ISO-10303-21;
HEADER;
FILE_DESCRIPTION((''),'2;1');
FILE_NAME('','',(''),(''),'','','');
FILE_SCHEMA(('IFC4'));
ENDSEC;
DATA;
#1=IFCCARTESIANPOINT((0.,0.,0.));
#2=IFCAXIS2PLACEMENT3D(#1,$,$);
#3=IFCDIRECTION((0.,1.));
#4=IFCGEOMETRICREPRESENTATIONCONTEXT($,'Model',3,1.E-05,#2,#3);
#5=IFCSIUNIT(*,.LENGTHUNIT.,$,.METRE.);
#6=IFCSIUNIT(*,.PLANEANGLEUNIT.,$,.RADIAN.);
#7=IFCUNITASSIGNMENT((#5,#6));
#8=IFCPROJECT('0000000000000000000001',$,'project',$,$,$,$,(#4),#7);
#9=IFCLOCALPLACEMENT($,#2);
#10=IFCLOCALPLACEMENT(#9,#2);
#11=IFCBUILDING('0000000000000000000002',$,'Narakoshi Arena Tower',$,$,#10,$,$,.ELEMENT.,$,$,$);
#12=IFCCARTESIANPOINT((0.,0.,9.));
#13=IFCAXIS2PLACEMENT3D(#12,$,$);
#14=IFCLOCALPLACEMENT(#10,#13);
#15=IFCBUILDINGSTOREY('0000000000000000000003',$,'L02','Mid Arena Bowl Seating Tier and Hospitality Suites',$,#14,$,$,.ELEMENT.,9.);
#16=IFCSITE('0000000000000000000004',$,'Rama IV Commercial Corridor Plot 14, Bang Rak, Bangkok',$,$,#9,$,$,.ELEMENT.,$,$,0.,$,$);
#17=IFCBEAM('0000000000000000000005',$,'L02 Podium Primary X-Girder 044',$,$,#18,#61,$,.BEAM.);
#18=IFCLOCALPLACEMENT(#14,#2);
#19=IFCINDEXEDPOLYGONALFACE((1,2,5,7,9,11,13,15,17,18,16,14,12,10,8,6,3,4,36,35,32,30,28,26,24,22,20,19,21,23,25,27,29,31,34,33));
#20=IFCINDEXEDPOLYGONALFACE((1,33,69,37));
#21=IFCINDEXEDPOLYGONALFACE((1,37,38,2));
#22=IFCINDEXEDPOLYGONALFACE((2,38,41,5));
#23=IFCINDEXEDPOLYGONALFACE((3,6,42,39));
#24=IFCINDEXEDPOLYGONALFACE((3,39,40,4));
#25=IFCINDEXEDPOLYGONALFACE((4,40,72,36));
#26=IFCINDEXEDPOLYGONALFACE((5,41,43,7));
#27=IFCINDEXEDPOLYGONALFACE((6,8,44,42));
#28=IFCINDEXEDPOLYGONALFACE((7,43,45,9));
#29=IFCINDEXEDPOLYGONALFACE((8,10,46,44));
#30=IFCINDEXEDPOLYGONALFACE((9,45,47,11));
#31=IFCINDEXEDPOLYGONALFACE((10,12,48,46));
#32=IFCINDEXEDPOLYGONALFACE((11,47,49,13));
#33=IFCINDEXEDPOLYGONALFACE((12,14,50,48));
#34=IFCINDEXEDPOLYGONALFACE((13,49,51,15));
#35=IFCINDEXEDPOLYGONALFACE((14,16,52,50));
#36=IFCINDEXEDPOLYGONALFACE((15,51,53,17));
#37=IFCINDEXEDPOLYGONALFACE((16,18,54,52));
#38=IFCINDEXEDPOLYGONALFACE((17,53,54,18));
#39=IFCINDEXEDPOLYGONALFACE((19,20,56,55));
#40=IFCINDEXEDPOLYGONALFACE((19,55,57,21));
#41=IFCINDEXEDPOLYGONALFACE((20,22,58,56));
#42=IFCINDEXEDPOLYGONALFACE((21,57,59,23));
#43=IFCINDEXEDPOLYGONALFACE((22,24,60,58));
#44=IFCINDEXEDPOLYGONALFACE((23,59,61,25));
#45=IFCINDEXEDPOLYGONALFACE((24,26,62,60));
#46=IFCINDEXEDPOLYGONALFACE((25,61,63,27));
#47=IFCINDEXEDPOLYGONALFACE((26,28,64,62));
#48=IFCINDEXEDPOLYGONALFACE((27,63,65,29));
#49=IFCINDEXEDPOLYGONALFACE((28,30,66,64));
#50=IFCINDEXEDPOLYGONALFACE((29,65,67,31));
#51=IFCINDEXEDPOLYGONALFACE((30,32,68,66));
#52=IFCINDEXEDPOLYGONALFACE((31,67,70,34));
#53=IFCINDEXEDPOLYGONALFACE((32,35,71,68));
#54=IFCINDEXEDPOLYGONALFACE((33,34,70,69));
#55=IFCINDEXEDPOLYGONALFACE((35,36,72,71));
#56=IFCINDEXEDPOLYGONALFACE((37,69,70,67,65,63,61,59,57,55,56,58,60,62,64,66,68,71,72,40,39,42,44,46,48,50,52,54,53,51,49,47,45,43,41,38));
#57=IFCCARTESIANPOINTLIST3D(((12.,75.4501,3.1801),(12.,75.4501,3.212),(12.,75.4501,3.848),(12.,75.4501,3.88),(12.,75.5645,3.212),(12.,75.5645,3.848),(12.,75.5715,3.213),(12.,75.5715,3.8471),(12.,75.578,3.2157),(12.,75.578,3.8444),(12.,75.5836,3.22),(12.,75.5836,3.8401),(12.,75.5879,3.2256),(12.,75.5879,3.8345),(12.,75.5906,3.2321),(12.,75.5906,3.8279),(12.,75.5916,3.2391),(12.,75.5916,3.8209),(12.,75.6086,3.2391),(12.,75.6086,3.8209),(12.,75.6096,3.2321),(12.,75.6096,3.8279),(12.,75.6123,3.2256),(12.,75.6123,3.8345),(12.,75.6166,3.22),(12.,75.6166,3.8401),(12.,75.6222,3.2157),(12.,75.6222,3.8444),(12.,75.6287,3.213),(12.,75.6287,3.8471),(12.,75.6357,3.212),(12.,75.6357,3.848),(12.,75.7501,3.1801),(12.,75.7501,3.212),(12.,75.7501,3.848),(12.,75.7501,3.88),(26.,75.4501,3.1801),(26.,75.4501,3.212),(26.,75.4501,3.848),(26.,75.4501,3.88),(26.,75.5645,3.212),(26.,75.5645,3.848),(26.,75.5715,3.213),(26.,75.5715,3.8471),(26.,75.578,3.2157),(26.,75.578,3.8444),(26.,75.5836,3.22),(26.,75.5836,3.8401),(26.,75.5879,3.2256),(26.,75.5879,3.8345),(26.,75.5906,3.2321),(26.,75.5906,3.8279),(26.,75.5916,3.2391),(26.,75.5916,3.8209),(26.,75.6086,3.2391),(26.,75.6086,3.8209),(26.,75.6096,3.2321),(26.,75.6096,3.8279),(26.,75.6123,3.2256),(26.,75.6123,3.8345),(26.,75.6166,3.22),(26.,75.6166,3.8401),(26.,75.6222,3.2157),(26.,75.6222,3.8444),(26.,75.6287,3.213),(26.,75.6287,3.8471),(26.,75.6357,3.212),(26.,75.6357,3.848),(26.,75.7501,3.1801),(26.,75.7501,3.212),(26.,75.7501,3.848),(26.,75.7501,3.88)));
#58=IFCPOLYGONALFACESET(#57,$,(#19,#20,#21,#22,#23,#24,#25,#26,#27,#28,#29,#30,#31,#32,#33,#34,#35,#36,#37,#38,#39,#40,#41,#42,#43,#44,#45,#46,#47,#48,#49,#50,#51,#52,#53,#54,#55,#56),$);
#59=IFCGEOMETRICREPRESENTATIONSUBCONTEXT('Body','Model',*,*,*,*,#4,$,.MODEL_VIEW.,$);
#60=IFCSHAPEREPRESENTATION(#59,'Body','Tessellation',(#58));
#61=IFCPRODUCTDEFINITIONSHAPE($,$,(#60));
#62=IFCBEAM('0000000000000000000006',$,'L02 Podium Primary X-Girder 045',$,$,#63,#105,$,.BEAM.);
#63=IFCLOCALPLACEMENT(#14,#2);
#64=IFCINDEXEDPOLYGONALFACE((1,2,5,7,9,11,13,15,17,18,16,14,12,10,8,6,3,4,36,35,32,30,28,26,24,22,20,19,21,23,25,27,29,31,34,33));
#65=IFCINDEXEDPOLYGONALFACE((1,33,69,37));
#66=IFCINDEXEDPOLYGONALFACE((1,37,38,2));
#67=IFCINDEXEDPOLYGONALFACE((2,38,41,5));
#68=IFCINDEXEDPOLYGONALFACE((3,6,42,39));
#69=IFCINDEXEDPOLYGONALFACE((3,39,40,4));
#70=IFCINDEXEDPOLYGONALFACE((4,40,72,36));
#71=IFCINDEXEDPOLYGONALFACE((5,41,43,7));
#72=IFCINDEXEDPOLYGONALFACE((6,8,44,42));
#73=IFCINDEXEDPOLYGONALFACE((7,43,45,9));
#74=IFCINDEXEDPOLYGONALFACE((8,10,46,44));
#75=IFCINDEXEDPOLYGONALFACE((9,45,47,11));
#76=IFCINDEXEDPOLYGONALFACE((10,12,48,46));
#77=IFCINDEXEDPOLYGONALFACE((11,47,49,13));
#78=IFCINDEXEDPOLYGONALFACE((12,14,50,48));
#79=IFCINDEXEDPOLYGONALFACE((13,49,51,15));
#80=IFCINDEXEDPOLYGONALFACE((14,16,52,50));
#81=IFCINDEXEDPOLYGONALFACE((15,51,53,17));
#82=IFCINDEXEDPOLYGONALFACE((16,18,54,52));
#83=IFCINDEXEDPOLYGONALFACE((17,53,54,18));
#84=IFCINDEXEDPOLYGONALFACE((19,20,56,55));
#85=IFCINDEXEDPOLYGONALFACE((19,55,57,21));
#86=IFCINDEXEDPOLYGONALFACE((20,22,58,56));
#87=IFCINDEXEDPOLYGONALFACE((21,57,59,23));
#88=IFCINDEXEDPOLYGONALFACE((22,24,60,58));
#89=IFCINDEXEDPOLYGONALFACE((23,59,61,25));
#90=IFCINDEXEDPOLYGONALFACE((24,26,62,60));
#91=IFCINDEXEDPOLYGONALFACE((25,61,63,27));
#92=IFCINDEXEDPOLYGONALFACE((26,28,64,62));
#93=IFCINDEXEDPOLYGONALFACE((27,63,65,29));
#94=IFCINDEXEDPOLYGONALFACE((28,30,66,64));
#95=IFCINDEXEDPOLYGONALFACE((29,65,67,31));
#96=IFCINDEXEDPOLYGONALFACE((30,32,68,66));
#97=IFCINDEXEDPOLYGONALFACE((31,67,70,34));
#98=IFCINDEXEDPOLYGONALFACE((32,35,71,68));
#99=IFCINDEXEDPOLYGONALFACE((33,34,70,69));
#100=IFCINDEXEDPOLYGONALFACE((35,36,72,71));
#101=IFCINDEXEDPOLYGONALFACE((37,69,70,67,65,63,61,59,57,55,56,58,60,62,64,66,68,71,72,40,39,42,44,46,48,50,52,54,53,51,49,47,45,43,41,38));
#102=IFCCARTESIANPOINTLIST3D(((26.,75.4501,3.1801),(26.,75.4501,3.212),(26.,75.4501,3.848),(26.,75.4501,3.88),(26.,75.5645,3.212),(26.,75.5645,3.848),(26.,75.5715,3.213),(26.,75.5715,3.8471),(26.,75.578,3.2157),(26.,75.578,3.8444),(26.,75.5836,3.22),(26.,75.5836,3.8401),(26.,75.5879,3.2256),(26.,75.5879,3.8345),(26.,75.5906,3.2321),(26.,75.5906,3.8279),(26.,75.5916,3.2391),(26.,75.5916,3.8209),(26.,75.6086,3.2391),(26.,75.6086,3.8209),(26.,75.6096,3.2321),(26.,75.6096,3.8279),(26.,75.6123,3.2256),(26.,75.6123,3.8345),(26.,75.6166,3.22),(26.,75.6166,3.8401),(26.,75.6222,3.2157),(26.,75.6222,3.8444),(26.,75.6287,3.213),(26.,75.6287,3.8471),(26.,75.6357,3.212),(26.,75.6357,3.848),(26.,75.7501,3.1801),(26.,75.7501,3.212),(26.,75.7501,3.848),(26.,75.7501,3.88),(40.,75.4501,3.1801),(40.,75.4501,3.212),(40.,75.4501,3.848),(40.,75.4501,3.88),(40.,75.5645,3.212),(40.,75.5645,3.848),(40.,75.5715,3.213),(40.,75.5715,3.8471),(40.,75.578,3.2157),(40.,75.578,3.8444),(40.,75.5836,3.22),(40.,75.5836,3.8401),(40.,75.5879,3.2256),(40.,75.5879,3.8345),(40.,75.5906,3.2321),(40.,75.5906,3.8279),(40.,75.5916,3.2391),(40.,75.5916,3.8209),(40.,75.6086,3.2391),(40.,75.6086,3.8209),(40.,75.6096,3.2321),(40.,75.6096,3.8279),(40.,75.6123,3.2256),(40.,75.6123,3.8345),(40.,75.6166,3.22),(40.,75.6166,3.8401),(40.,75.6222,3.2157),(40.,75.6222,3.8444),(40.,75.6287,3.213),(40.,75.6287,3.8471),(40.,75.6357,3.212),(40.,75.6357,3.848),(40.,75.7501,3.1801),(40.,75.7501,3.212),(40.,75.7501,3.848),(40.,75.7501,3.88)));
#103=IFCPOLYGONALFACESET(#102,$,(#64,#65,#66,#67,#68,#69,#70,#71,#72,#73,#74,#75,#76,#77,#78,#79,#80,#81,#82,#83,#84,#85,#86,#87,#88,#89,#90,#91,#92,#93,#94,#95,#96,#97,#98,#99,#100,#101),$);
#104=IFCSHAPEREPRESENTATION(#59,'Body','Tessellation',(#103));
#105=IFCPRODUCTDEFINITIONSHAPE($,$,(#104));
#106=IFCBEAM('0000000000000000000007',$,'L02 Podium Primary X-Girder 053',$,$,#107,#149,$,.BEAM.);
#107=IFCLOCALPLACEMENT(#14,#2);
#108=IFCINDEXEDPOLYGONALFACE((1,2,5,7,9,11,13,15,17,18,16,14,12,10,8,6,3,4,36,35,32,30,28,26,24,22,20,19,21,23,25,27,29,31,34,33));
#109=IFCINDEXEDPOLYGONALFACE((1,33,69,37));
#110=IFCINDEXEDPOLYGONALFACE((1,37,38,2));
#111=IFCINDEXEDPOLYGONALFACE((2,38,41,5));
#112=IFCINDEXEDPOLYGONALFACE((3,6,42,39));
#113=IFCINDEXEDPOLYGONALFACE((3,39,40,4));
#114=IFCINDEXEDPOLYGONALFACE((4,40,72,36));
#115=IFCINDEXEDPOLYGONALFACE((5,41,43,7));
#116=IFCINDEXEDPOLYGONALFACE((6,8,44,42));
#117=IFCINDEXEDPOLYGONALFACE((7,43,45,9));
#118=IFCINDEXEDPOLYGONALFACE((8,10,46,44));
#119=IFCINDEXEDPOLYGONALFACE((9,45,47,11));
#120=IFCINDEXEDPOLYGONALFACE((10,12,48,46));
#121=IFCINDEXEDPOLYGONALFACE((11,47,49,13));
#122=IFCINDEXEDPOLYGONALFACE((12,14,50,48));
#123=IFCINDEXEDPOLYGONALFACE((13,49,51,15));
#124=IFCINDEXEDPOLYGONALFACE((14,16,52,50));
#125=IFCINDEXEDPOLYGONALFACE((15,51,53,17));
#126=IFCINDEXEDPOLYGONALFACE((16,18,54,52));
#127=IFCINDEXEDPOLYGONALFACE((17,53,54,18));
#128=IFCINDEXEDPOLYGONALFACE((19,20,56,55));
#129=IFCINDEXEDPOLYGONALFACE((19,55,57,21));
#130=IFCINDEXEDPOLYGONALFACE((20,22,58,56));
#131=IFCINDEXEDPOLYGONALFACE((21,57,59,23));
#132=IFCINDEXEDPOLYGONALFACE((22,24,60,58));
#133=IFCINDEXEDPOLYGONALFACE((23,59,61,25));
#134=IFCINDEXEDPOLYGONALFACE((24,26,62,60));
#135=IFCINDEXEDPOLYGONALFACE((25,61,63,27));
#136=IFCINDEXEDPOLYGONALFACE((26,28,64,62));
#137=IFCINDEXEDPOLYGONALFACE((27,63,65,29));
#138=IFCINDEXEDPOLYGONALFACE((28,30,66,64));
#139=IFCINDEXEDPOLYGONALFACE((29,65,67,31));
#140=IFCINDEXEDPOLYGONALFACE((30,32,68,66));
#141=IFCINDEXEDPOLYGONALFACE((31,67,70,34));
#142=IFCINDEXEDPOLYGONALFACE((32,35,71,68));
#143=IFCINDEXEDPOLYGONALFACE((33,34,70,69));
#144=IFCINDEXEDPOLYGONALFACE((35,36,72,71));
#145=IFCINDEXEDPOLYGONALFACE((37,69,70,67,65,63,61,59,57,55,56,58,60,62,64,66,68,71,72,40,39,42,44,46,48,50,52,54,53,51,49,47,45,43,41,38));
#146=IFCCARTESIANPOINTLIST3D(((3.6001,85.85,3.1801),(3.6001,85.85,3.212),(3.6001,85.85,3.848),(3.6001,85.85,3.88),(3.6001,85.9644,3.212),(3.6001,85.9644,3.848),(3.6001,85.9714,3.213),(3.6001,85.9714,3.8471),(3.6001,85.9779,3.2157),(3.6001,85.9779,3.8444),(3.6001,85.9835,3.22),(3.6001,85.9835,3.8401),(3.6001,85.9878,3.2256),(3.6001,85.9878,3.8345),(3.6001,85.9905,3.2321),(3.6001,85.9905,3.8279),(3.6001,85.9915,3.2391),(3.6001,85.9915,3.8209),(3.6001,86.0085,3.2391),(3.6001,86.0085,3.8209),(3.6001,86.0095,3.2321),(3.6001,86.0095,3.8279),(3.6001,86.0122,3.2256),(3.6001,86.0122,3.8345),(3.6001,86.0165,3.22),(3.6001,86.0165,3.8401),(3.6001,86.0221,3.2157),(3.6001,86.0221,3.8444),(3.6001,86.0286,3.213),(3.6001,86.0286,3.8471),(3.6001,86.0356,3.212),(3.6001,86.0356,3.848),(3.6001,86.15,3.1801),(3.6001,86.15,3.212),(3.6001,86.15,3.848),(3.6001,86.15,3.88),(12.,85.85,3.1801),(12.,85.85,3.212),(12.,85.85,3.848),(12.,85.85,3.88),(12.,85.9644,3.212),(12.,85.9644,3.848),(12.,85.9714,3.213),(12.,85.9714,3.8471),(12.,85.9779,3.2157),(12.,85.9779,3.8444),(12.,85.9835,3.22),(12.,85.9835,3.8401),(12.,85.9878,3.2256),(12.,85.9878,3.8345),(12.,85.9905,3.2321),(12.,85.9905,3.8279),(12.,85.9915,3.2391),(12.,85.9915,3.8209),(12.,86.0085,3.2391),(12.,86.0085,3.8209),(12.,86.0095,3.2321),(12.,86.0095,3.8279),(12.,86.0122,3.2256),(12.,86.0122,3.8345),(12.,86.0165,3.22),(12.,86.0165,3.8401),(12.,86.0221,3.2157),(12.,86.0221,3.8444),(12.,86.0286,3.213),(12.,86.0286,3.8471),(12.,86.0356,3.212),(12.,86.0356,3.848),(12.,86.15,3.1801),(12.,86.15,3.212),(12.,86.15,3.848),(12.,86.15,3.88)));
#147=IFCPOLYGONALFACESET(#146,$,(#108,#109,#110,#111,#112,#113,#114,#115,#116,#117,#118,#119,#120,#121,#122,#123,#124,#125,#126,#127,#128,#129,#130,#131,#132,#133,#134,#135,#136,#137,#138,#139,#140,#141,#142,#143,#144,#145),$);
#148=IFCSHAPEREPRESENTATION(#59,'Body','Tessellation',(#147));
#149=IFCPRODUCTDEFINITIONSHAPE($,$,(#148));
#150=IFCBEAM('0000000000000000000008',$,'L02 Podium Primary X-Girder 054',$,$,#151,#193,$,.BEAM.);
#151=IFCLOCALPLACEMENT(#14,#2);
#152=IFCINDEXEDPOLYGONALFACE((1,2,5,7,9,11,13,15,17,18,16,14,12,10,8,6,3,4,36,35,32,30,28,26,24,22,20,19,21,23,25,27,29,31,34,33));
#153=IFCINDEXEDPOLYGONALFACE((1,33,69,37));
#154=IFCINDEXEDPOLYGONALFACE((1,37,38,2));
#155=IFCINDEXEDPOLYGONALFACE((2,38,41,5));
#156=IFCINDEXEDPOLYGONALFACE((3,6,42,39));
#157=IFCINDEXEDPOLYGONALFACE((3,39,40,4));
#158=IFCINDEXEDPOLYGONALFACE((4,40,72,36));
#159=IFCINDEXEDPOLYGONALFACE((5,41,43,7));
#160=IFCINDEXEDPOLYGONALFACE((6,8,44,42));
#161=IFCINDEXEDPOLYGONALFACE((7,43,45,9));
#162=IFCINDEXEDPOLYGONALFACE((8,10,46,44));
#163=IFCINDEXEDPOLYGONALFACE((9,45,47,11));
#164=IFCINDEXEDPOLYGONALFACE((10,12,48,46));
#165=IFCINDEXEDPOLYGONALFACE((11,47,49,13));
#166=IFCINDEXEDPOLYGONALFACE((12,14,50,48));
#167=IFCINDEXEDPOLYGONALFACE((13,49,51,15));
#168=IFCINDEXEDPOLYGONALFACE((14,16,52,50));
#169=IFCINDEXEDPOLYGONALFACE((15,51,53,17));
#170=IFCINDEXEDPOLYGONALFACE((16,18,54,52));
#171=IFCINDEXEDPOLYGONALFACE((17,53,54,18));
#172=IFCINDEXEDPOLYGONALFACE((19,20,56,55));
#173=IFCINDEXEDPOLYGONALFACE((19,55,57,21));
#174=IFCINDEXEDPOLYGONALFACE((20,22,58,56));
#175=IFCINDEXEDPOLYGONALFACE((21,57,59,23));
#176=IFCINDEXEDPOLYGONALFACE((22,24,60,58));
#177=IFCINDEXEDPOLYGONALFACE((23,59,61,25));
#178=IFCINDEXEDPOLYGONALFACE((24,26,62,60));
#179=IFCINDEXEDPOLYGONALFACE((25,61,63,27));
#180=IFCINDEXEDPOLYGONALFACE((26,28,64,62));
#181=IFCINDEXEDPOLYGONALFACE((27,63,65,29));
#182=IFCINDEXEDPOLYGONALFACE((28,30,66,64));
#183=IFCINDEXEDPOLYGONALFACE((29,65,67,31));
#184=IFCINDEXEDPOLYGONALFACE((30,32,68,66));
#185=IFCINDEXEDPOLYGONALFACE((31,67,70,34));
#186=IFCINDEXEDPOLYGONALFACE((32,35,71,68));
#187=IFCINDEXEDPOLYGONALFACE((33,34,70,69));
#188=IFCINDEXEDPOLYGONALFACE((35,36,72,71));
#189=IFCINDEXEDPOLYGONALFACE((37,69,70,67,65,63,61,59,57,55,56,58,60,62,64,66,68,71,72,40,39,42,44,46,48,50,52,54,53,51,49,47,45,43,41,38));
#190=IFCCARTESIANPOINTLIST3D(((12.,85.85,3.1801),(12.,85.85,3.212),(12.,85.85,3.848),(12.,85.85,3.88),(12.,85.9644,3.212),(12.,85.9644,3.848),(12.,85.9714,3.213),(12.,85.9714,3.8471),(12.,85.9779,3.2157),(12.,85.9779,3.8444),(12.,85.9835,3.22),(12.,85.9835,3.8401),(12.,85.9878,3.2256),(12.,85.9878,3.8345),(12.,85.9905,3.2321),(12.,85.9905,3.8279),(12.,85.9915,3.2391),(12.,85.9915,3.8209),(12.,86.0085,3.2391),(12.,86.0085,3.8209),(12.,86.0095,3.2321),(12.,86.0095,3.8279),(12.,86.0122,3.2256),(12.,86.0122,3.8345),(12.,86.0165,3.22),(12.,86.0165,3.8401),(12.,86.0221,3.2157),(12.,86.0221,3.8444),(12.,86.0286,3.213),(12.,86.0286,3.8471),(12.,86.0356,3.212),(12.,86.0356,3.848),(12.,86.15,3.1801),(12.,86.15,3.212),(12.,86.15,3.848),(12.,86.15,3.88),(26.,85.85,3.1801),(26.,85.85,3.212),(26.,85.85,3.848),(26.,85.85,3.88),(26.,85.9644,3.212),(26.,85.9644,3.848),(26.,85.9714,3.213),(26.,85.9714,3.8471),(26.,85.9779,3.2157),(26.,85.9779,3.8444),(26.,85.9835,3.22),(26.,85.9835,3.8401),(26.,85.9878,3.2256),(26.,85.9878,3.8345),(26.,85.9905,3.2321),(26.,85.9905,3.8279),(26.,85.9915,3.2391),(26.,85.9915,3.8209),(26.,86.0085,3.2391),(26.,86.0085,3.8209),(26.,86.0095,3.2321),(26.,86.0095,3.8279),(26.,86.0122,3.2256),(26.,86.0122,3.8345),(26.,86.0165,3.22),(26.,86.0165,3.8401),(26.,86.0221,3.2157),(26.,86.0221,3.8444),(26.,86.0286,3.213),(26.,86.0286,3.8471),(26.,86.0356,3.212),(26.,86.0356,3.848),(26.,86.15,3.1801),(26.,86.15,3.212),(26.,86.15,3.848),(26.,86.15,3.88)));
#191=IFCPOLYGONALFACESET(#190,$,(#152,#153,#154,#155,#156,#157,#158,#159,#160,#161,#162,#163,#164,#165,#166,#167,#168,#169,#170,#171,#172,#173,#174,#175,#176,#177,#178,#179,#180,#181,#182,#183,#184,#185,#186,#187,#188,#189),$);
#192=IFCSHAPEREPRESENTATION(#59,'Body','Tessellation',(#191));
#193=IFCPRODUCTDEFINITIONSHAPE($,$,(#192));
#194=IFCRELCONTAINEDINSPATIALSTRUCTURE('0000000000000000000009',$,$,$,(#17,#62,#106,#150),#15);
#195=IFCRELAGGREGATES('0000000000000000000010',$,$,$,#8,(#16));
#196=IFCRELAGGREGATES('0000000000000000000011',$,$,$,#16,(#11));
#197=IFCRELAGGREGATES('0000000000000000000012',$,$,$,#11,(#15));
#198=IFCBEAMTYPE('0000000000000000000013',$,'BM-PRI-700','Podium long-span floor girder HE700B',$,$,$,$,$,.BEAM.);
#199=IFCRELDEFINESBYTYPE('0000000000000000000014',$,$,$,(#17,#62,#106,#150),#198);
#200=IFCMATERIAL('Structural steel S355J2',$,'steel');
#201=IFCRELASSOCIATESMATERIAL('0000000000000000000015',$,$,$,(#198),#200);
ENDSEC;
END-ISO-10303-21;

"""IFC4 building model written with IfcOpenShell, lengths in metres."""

from ifc_helpers import new_model, si_unit, direction, frame, origin, origin_2d, place, context, subcontext, project, spatial, i_section, extrude, material, material_profile, profile_set, type_object, element, save


model = new_model("IFC4")

# Units and contexts
model_context = context("Model", 3, precision=1e-05, world=origin(), true_north=direction((0.0, 1.0)))
body_context = subcontext(model_context, "Body", "Model", "MODEL_VIEW")
ifc_project = project(units=[si_unit("LENGTHUNIT", "METRE"), si_unit("PLANEANGLEUNIT", "RADIAN")], contexts=[model_context])

# Site, building, storey
site_placement = place(None, origin())
site = spatial("IfcSite", under=ifc_project, at=site_placement, Name="Rama IV Commercial Corridor Plot 14, Bang Rak, Bangkok", CompositionType="ELEMENT", RefElevation=0.0)
building_placement = place(site_placement, origin())
building = spatial("IfcBuilding", under=site, at=building_placement, Name="Narakoshi Arena Tower", CompositionType="ELEMENT")
storey_placement = place(building_placement, frame((0.0, 0.0, 9.0)))
storey = spatial("IfcBuildingStorey", under=building, at=storey_placement, Name="L02", Description="Mid Arena Bowl Seating Tier and Hospitality Suites", CompositionType="ELEMENT", Elevation=9.0)

# Beams
ifc_material_1 = material(Name="Structural steel S355J2", Category="steel")
ifc_material_profile_1 = material_profile(ifc_material_1, i_section(OverallWidth=0.3, OverallDepth=0.7, WebThickness=0.0171, FlangeThickness=0.032, FilletRadius=0.0271, at=origin_2d()), Name="HE700B")
ifc_profile_set_1 = profile_set([ifc_material_profile_1], Name="Structural steel S355J2")
beam_type_1 = type_object("IfcBeamType", Name="BM-PRI-700", Description="Podium long-span floor girder HE700B", PredefinedType="BEAM", material=ifc_profile_set_1)
for number, where, z_axis, x_axis, name in (
    (1, (12.0, 75.6001, 3.53), (1.0, 0.0, 0.0), (0.0, 1.0, 0.0), "L02 Podium Primary X-Girder 044"),
    (2, (26.0, 75.6001, 3.53), (1.0, 0.0, 0.0), (0.0, 1.0, 0.0), "L02 Podium Primary X-Girder 045"),
):
    element("IfcBeam", number, at=place(storey_placement, frame(where, z_axis=z_axis, x_axis=x_axis)), inside=storey, type_object=beam_type_1, Name=name, PredefinedType="BEAM", context=body_context, shape_type="SweptSolid", body=[
        extrude(i_section(OverallWidth=0.3, OverallDepth=0.7, WebThickness=0.0171, FlangeThickness=0.032, FilletRadius=0.0271, at=origin_2d()), origin(), (0.0, 0.0, 1.0), 14.0),
    ])
beam_1_placement = place(storey_placement, frame((3.6001, 86.0, 3.53), z_axis=(1.0, 0.0, 0.0), x_axis=(0.0, 1.0, 0.0)))
element("IfcBeam", 3, at=beam_1_placement, inside=storey, type_object=beam_type_1, Name="L02 Podium Primary X-Girder 053", PredefinedType="BEAM", context=body_context, shape_type="SweptSolid", body=[
    extrude(i_section(OverallWidth=0.3, OverallDepth=0.7, WebThickness=0.0171, FlangeThickness=0.032, FilletRadius=0.0271, at=origin_2d()), origin(), (0.0, 0.0, 1.0), 8.3999),
])
for number, where, z_axis, x_axis, name in (
    (4, (12.0, 86.0, 3.53), (1.0, 0.0, 0.0), (0.0, 1.0, 0.0), "L02 Podium Primary X-Girder 054"),
):
    element("IfcBeam", number, at=place(storey_placement, frame(where, z_axis=z_axis, x_axis=x_axis)), inside=storey, type_object=beam_type_1, Name=name, PredefinedType="BEAM", context=body_context, shape_type="SweptSolid", body=[
        extrude(i_section(OverallWidth=0.3, OverallDepth=0.7, WebThickness=0.0171, FlangeThickness=0.032, FilletRadius=0.0271, at=origin_2d()), origin(), (0.0, 0.0, 1.0), 14.0),
    ])

save(model, "model.ifc")
